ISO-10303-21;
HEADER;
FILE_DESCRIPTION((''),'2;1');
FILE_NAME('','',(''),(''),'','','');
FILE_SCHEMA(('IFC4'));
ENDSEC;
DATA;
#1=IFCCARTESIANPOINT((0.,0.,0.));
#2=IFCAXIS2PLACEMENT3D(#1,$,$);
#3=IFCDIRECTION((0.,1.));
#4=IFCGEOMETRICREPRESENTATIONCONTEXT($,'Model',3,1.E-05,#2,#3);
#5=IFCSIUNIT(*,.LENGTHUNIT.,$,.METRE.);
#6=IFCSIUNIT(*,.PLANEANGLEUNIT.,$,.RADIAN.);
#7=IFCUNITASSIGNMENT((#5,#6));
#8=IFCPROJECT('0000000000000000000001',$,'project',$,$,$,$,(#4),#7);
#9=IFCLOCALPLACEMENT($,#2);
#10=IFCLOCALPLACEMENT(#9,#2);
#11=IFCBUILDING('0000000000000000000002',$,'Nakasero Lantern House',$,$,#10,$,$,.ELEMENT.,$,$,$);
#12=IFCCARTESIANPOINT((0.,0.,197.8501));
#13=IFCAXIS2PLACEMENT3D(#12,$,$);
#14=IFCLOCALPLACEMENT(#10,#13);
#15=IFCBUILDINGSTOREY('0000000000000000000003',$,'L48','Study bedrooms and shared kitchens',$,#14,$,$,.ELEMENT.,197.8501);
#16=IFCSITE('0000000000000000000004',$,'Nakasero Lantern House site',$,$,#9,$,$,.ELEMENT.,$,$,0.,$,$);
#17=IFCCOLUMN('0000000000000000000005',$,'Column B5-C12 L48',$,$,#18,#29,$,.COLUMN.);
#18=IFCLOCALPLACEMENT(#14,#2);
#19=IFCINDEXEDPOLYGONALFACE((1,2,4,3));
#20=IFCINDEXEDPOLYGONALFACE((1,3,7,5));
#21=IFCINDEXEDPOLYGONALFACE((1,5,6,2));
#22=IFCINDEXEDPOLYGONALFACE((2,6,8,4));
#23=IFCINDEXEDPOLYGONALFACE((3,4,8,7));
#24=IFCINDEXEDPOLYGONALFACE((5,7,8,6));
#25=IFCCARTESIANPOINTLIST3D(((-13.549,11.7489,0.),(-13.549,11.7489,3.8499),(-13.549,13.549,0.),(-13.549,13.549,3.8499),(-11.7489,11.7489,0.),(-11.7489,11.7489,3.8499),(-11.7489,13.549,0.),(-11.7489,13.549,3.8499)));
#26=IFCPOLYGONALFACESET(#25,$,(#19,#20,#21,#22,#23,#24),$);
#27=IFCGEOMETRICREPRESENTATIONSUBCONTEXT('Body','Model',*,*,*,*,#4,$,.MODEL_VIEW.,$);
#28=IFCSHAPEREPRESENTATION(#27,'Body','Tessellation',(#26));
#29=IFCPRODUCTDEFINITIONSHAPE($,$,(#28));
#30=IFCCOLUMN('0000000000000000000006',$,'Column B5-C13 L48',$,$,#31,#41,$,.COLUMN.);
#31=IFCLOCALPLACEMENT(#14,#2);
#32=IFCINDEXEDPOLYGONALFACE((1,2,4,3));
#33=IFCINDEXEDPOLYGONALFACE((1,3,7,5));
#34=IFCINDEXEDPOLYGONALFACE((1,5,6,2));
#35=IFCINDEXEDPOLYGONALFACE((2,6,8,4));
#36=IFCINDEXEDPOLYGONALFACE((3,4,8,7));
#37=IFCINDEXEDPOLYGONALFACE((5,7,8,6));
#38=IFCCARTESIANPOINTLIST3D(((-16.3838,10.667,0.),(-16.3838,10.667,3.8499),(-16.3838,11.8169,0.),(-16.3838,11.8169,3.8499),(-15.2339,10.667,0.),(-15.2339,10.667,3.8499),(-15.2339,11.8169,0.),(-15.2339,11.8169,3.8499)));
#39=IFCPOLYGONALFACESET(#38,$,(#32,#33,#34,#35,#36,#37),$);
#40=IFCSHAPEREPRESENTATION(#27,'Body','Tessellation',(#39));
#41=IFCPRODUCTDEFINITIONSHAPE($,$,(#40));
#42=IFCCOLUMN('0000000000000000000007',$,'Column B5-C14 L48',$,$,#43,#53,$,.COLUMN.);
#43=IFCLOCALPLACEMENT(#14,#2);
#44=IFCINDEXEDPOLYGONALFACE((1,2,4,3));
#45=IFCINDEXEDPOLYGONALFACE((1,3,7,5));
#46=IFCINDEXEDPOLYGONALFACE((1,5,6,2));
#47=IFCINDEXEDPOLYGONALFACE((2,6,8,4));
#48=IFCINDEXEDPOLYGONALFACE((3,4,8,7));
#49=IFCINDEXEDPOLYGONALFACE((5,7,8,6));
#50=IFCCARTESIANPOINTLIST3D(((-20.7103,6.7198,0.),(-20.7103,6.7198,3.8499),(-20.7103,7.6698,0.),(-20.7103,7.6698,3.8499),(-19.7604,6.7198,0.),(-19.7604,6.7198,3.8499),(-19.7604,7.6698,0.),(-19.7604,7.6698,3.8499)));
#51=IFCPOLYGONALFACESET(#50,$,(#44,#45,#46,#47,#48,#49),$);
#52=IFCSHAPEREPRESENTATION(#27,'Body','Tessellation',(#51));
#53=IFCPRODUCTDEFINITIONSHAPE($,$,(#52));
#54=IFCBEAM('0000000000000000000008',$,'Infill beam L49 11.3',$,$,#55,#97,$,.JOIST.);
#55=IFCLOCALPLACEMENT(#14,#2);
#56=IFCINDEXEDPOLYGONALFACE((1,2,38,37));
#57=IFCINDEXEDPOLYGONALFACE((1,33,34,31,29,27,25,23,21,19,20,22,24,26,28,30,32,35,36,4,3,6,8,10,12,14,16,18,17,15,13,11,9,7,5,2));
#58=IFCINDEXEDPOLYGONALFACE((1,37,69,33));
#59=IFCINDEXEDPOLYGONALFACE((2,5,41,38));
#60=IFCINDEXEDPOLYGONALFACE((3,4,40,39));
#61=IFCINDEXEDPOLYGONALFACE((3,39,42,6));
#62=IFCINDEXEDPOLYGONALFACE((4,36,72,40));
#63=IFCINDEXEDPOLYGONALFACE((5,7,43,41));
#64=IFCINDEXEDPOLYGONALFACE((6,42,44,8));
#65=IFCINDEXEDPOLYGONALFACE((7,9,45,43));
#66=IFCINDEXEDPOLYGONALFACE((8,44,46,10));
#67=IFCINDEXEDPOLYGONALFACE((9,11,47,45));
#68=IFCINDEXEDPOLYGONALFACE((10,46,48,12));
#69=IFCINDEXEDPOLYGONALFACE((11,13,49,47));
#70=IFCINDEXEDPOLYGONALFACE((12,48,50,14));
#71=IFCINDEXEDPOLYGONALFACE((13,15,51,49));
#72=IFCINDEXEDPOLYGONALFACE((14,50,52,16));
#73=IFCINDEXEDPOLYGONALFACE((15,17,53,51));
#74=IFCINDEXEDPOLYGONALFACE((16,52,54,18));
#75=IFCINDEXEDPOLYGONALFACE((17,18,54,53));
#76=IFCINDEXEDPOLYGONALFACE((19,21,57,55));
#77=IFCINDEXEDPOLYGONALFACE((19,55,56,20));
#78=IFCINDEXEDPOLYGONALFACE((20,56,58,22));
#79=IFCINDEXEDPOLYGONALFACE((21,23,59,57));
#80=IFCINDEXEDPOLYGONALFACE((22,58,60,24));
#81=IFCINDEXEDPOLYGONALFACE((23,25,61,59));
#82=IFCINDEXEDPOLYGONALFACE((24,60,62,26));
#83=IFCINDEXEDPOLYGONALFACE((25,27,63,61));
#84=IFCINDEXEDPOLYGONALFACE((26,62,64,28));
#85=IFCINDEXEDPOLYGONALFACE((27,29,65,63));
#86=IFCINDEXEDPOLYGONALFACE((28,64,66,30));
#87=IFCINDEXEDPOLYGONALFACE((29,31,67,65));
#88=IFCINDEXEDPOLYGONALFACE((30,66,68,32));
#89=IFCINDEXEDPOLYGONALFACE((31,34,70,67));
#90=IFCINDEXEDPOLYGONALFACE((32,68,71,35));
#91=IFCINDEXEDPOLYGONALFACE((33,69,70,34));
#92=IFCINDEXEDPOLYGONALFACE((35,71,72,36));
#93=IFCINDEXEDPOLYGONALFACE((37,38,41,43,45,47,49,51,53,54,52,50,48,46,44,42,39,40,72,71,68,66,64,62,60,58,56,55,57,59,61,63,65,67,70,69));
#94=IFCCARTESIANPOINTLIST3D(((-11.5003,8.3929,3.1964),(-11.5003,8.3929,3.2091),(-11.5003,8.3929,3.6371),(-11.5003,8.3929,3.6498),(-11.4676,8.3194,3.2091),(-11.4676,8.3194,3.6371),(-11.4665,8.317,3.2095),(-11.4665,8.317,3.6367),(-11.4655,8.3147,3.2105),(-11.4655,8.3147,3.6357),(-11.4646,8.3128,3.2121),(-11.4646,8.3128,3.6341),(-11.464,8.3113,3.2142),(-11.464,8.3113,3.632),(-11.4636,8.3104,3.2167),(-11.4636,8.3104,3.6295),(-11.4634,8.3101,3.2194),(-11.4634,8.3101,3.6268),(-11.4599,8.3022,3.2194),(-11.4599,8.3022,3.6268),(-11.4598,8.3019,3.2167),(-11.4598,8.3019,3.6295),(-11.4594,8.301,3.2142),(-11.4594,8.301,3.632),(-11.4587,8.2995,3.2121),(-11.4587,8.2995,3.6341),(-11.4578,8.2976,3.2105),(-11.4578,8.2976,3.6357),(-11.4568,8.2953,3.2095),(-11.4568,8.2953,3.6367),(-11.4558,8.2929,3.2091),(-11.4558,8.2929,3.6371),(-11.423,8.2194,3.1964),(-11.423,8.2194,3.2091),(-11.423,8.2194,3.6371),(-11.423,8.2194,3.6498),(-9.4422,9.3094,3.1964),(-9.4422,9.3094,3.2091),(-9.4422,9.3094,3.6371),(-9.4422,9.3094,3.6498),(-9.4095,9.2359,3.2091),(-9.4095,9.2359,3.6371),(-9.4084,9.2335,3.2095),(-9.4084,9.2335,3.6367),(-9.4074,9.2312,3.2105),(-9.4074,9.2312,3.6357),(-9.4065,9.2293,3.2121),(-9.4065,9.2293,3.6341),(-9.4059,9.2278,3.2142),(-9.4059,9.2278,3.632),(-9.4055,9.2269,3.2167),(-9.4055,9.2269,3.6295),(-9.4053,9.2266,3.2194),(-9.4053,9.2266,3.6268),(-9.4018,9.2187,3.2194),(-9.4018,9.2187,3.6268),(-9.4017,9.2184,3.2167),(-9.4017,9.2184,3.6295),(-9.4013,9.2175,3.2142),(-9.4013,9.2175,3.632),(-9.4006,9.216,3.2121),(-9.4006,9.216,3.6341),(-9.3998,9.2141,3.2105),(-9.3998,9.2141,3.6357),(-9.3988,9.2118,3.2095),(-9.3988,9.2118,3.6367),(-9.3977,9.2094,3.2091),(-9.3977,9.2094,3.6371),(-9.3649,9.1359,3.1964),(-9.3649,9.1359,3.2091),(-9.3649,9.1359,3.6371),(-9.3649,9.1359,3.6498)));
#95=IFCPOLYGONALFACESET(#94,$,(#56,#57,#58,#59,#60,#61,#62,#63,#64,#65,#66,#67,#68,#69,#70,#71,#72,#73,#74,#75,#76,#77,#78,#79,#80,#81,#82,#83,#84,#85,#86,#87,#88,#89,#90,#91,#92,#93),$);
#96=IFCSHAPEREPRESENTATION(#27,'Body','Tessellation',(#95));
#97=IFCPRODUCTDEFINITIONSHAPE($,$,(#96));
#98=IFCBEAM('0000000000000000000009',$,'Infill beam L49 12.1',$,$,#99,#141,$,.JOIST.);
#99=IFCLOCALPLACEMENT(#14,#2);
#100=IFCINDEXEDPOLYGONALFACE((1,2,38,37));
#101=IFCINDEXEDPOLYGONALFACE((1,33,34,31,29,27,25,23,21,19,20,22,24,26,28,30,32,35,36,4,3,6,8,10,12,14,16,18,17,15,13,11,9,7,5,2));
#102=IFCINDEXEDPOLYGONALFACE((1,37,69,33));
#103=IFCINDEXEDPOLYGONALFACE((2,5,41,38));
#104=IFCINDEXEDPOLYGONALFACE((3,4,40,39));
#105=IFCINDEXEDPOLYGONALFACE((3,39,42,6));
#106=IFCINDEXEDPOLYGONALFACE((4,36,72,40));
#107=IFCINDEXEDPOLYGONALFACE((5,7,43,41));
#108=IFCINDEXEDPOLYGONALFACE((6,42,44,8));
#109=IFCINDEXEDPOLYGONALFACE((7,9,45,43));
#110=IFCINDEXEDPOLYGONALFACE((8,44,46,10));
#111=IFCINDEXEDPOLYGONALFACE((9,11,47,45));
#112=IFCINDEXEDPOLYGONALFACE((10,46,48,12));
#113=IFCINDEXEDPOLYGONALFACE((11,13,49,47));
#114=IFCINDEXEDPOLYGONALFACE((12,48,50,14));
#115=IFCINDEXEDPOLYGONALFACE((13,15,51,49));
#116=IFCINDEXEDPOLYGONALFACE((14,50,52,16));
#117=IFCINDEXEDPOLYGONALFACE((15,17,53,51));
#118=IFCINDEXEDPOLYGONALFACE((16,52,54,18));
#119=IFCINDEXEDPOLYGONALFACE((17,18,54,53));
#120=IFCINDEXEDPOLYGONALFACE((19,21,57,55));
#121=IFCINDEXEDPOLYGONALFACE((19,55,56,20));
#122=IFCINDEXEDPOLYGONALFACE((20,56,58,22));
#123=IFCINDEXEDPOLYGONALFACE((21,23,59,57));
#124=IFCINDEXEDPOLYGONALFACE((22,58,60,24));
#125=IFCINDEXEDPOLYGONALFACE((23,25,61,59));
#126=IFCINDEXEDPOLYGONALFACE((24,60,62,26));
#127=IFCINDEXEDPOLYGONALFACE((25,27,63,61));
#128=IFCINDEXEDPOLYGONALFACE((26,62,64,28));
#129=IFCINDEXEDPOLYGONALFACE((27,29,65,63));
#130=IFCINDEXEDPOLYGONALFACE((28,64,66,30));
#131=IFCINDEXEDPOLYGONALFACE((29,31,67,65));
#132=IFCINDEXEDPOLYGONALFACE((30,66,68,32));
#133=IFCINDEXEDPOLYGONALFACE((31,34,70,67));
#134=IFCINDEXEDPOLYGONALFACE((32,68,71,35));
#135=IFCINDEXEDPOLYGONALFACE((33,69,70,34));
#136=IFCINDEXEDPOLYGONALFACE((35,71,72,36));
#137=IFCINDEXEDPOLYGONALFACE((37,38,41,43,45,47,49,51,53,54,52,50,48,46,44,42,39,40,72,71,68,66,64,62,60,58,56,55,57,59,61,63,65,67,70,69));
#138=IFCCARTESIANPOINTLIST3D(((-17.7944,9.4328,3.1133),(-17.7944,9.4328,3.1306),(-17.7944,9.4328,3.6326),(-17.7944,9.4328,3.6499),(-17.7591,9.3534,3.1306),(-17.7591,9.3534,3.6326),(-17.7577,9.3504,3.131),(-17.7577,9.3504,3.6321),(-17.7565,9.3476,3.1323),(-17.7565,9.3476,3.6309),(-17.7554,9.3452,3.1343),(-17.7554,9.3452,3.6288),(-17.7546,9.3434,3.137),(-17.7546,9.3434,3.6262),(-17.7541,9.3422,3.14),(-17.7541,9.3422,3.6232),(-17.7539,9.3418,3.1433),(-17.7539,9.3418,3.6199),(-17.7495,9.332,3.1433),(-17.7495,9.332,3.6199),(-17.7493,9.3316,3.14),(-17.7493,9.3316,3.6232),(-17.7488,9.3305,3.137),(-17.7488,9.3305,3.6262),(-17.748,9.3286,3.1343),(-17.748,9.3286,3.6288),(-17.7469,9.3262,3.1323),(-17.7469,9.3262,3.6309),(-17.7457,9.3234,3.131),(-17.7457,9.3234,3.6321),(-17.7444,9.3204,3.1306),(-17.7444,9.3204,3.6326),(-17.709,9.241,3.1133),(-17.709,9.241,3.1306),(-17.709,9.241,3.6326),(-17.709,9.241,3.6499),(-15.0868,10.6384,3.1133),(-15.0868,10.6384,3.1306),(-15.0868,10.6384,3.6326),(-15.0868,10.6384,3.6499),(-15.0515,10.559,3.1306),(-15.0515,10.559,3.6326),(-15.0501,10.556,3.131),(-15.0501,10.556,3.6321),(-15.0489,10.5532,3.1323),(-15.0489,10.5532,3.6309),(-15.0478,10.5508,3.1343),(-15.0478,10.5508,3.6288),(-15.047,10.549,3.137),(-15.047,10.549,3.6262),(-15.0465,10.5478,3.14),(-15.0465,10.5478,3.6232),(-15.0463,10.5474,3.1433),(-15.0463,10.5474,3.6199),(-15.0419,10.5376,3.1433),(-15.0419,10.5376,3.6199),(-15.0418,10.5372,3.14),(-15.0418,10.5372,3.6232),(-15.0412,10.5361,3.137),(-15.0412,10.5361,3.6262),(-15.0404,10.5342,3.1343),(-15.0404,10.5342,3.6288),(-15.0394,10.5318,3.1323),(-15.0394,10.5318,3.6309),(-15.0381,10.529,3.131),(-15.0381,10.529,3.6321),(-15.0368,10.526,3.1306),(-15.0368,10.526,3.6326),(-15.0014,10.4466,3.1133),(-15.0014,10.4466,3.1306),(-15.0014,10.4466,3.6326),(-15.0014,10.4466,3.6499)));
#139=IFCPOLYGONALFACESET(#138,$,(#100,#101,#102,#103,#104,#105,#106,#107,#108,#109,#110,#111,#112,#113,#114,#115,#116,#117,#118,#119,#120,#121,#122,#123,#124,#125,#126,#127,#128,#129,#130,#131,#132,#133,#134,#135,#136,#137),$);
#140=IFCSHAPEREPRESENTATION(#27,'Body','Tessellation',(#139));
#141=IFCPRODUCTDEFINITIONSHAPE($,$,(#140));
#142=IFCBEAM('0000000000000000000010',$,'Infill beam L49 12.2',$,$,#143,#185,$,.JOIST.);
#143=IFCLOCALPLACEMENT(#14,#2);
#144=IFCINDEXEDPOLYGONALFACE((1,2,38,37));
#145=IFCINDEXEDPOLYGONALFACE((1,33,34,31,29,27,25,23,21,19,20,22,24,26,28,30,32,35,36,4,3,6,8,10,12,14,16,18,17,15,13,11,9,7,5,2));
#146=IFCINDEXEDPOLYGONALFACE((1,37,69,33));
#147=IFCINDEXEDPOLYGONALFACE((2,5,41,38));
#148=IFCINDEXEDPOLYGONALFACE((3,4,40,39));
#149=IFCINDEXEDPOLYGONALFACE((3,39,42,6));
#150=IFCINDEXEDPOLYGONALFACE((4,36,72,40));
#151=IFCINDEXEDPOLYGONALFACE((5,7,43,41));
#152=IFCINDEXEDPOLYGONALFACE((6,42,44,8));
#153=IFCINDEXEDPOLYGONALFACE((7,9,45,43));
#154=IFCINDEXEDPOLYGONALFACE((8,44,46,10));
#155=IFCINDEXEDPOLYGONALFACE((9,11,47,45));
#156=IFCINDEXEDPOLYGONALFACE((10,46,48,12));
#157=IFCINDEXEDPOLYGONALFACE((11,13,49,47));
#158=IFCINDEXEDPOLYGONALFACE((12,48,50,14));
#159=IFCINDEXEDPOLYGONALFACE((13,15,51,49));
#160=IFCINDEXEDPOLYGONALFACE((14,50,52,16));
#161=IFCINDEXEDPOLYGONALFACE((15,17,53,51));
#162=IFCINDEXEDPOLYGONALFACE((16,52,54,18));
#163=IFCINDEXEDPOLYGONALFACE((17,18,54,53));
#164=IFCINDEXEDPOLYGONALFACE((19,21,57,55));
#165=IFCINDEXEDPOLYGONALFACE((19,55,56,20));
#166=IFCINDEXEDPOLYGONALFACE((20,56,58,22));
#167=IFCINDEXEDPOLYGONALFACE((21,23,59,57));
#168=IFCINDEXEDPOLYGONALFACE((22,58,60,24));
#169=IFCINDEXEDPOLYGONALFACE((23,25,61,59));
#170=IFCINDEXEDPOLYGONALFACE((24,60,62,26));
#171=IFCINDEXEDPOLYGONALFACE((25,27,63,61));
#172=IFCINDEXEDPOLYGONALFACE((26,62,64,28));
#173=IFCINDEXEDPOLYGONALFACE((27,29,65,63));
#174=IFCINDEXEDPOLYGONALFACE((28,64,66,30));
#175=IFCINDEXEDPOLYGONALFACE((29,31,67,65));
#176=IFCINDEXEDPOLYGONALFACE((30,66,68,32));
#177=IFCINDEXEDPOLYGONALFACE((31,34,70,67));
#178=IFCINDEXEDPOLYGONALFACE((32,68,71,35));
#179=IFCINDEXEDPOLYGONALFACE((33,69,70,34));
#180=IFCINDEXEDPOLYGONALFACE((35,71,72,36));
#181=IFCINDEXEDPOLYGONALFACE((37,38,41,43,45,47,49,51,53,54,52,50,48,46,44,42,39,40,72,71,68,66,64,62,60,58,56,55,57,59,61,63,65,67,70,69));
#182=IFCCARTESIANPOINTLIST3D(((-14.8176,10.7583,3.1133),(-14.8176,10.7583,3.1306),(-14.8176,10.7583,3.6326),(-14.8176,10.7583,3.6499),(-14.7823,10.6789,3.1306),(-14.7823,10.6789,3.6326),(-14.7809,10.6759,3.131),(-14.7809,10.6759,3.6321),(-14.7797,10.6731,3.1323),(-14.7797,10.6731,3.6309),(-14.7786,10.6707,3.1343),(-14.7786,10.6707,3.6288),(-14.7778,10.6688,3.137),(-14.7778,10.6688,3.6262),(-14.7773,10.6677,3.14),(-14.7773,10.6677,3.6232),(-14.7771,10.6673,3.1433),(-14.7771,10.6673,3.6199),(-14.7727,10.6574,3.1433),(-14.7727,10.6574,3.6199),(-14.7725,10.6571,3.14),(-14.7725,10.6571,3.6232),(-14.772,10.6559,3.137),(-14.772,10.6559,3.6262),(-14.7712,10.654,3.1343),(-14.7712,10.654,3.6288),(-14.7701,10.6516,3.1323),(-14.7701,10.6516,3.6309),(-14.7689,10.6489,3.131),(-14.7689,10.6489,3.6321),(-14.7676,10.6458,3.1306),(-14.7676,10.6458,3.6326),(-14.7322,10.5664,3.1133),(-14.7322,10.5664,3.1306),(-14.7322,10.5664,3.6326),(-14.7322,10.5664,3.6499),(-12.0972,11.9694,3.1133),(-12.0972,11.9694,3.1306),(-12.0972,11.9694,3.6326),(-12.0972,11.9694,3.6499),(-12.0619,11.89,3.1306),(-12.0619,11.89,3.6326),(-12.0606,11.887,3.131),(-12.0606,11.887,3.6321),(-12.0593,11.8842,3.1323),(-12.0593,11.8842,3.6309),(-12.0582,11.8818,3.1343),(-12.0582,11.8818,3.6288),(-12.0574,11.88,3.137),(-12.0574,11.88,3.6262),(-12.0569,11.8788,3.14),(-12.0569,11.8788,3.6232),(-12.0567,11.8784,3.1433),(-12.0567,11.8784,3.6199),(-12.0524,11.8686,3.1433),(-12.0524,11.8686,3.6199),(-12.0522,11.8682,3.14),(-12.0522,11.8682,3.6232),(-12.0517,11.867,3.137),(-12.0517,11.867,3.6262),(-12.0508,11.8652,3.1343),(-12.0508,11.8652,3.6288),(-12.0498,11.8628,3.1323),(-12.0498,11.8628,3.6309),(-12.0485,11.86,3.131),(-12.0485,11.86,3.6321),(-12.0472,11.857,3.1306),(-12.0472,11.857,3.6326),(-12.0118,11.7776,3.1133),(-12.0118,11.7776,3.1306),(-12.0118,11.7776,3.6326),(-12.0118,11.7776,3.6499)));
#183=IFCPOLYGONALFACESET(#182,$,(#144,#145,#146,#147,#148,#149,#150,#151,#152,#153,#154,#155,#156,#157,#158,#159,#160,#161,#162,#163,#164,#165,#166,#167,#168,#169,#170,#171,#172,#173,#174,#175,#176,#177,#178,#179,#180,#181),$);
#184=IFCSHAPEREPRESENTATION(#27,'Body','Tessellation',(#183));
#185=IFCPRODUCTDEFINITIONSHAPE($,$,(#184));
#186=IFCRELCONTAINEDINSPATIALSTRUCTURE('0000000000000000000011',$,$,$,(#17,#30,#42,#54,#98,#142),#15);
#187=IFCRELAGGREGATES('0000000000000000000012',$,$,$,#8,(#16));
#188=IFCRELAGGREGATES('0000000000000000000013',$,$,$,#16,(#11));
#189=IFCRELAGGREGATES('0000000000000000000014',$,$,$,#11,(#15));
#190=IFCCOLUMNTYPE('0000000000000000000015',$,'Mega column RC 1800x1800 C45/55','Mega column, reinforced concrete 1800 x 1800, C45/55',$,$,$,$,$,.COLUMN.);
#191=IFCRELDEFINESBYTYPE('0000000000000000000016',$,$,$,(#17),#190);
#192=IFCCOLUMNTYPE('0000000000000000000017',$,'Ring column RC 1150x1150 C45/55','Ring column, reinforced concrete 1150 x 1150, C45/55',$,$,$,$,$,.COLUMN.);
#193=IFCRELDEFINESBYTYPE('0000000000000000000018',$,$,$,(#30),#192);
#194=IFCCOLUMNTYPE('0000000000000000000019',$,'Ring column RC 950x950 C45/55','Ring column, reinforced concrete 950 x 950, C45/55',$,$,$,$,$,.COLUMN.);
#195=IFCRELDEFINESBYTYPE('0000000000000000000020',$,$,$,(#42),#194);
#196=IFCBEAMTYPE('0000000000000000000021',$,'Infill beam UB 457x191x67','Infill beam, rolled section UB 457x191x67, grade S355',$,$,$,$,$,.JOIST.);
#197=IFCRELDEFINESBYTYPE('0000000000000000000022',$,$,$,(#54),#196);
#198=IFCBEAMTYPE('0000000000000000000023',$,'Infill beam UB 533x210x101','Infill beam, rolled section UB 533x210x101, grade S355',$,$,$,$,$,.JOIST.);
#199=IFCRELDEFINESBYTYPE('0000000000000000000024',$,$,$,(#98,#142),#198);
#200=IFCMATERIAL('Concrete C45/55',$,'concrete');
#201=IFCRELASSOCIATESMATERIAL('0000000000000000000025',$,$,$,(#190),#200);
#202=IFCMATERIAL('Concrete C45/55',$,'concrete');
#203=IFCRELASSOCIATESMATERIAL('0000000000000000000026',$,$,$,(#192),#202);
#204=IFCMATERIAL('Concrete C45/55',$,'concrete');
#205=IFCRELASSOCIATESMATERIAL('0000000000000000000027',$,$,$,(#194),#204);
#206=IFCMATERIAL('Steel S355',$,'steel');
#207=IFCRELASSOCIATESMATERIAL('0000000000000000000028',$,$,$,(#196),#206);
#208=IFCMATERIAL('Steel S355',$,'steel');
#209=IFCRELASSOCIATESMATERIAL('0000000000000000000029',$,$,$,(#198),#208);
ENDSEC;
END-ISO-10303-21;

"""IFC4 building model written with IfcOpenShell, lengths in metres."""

from ifc_helpers import new_model, si_unit, direction, frame, origin, origin_2d, place, context, subcontext, project, spatial, rectangle, i_section, extrude, material, material_profile, profile_set, type_object, element, save


model = new_model("IFC4")

# Units and contexts
model_context = context("Model", 3, precision=1e-05, world=origin(), true_north=direction((0.0, 1.0)))
body_context = subcontext(model_context, "Body", "Model", "MODEL_VIEW")
ifc_project = project(units=[si_unit("LENGTHUNIT", "METRE"), si_unit("PLANEANGLEUNIT", "RADIAN")], contexts=[model_context])

# Site, building, storey
site_placement = place(None, origin())
site = spatial("IfcSite", under=ifc_project, at=site_placement, Name="Nakasero Lantern House site", CompositionType="ELEMENT", RefElevation=0.0)
building_placement = place(site_placement, origin())
building = spatial("IfcBuilding", under=site, at=building_placement, Name="Nakasero Lantern House", CompositionType="ELEMENT")
storey_placement = place(building_placement, frame((0.0, 0.0, 197.8501)))
storey = spatial("IfcBuildingStorey", under=building, at=storey_placement, Name="L48", Description="Study bedrooms and shared kitchens", CompositionType="ELEMENT", Elevation=197.8501)

# Columns
ifc_material_1 = material(Name="Concrete C45/55", Category="concrete")
ifc_material_profile_1 = material_profile(ifc_material_1, rectangle(XDim=1.8, YDim=1.8, at=origin_2d()), Name="RC 1800x1800")
ifc_profile_set_1 = profile_set([ifc_material_profile_1], Name="Concrete C45/55")
column_type_1 = type_object("IfcColumnType", Name="Mega column RC 1800x1800 C45/55", Description="Mega column, reinforced concrete 1800 x 1800, C45/55", PredefinedType="COLUMN", material=ifc_profile_set_1)
column_1_placement = place(storey_placement, frame((-12.6489, 12.6489, 0.0), z_axis=(0.0, 0.0, 1.0), x_axis=(1.0, 0.0, 0.0)))
element("IfcColumn", 1, at=column_1_placement, inside=storey, type_object=column_type_1, Name="Column B5-C12 L48", PredefinedType="COLUMN", context=body_context, shape_type="SweptSolid", body=[
    extrude(rectangle(XDim=1.8, YDim=1.8, at=origin_2d()), origin(), (0.0, 0.0, 1.0), 3.8499),
])
ifc_material_2 = material(Name="Concrete C45/55", Category="concrete")
ifc_material_profile_2 = material_profile(ifc_material_2, rectangle(XDim=1.1499, YDim=1.1499, at=origin_2d()), Name="RC 1150x1150")
ifc_profile_set_2 = profile_set([ifc_material_profile_2], Name="Concrete C45/55")
column_type_2 = type_object("IfcColumnType", Name="Ring column RC 1150x1150 C45/55", Description="Ring column, reinforced concrete 1150 x 1150, C45/55", PredefinedType="COLUMN", material=ifc_profile_set_2)
column_2_placement = place(storey_placement, frame((-15.8088, 11.2419, 0.0), z_axis=(0.0, 0.0, 1.0), x_axis=(1.0, 0.0, 0.0)))
element("IfcColumn", 2, at=column_2_placement, inside=storey, type_object=column_type_2, Name="Column B5-C13 L48", PredefinedType="COLUMN", context=body_context, shape_type="SweptSolid", body=[
    extrude(rectangle(XDim=1.1499, YDim=1.1499, at=origin_2d()), origin(), (0.0, 0.0, 1.0), 3.8499),
])
ifc_material_3 = material(Name="Concrete C45/55", Category="concrete")
ifc_material_profile_3 = material_profile(ifc_material_3, rectangle(XDim=0.95, YDim=0.95, at=origin_2d()), Name="RC 950x950")
ifc_profile_set_3 = profile_set([ifc_material_profile_3], Name="Concrete C45/55")
column_type_3 = type_object("IfcColumnType", Name="Ring column RC 950x950 C45/55", Description="Ring column, reinforced concrete 950 x 950, C45/55", PredefinedType="COLUMN", material=ifc_profile_set_3)
column_3_placement = place(storey_placement, frame((-20.2354, 7.1948, 0.0), z_axis=(0.0, 0.0, 1.0), x_axis=(1.0, 0.0, 0.0)))
element("IfcColumn", 3, at=column_3_placement, inside=storey, type_object=column_type_3, Name="Column B5-C14 L48", PredefinedType="COLUMN", context=body_context, shape_type="SweptSolid", body=[
    extrude(rectangle(XDim=0.95, YDim=0.95, at=origin_2d()), origin(), (0.0, 0.0, 1.0), 3.8499),
])

# Beams
ifc_material_4 = material(Name="Steel S355", Category="steel")
ifc_material_profile_4 = material_profile(ifc_material_4, i_section(OverallWidth=0.1899, OverallDepth=0.4534, WebThickness=0.0085, FlangeThickness=0.0127, FilletRadius=0.0103, at=origin_2d()), Name="UB 457x191x67")
ifc_profile_set_4 = profile_set([ifc_material_profile_4], Name="Steel S355")
beam_type_1 = type_object("IfcBeamType", Name="Infill beam UB 457x191x67", Description="Infill beam, rolled section UB 457x191x67, grade S355", PredefinedType="JOIST", material=ifc_profile_set_4)
beam_1_placement = place(storey_placement, frame((-11.4617, 8.3062, 3.4231), z_axis=(0.913516, 0.406802, 0.0), x_axis=(-0.406802, 0.913516, 0.0)))
element("IfcBeam", 4, at=beam_1_placement, inside=storey, type_object=beam_type_1, Name="Infill beam L49 11.3", PredefinedType="JOIST", context=body_context, shape_type="SweptSolid", body=[
    extrude(i_section(OverallWidth=0.1899, OverallDepth=0.4534, WebThickness=0.0085, FlangeThickness=0.0127, FilletRadius=0.0103, at=origin_2d()), origin(), (0.0, 0.0, 1.0), 2.2529),
])
ifc_material_5 = material(Name="Steel S355", Category="steel")
ifc_material_profile_5 = material_profile(ifc_material_5, i_section(OverallWidth=0.21, OverallDepth=0.5366, WebThickness=0.0107, FlangeThickness=0.0173, FilletRadius=0.0127, at=origin_2d()), Name="UB 533x210x101")
ifc_profile_set_5 = profile_set([ifc_material_profile_5], Name="Steel S355")
beam_type_2 = type_object("IfcBeamType", Name="Infill beam UB 533x210x101", Description="Infill beam, rolled section UB 533x210x101, grade S355", PredefinedType="JOIST", material=ifc_profile_set_5)
beam_2_placement = place(storey_placement, frame((-17.7517, 9.3369, 3.3816), z_axis=(0.913533, 0.406765, 0.0), x_axis=(-0.406765, 0.913533, 0.0)))
element("IfcBeam", 5, at=beam_2_placement, inside=storey, type_object=beam_type_2, Name="Infill beam L49 12.1", PredefinedType="JOIST", context=body_context, shape_type="SweptSolid", body=[
    extrude(i_section(OverallWidth=0.21, OverallDepth=0.5366, WebThickness=0.0107, FlangeThickness=0.0173, FilletRadius=0.0127, at=origin_2d()), origin(), (0.0, 0.0, 1.0), 2.9639),
])
beam_3_placement = place(storey_placement, frame((-14.7749, 10.6624, 3.3816), z_axis=(0.913551, 0.406724, 0.0), x_axis=(-0.406724, 0.913551, 0.0)))
element("IfcBeam", 6, at=beam_3_placement, inside=storey, type_object=beam_type_2, Name="Infill beam L49 12.2", PredefinedType="JOIST", context=body_context, shape_type="SweptSolid", body=[
    extrude(i_section(OverallWidth=0.21, OverallDepth=0.5366, WebThickness=0.0107, FlangeThickness=0.0173, FilletRadius=0.0127, at=origin_2d()), origin(), (0.0, 0.0, 1.0), 2.9778),
])

save(model, "model.ifc")
